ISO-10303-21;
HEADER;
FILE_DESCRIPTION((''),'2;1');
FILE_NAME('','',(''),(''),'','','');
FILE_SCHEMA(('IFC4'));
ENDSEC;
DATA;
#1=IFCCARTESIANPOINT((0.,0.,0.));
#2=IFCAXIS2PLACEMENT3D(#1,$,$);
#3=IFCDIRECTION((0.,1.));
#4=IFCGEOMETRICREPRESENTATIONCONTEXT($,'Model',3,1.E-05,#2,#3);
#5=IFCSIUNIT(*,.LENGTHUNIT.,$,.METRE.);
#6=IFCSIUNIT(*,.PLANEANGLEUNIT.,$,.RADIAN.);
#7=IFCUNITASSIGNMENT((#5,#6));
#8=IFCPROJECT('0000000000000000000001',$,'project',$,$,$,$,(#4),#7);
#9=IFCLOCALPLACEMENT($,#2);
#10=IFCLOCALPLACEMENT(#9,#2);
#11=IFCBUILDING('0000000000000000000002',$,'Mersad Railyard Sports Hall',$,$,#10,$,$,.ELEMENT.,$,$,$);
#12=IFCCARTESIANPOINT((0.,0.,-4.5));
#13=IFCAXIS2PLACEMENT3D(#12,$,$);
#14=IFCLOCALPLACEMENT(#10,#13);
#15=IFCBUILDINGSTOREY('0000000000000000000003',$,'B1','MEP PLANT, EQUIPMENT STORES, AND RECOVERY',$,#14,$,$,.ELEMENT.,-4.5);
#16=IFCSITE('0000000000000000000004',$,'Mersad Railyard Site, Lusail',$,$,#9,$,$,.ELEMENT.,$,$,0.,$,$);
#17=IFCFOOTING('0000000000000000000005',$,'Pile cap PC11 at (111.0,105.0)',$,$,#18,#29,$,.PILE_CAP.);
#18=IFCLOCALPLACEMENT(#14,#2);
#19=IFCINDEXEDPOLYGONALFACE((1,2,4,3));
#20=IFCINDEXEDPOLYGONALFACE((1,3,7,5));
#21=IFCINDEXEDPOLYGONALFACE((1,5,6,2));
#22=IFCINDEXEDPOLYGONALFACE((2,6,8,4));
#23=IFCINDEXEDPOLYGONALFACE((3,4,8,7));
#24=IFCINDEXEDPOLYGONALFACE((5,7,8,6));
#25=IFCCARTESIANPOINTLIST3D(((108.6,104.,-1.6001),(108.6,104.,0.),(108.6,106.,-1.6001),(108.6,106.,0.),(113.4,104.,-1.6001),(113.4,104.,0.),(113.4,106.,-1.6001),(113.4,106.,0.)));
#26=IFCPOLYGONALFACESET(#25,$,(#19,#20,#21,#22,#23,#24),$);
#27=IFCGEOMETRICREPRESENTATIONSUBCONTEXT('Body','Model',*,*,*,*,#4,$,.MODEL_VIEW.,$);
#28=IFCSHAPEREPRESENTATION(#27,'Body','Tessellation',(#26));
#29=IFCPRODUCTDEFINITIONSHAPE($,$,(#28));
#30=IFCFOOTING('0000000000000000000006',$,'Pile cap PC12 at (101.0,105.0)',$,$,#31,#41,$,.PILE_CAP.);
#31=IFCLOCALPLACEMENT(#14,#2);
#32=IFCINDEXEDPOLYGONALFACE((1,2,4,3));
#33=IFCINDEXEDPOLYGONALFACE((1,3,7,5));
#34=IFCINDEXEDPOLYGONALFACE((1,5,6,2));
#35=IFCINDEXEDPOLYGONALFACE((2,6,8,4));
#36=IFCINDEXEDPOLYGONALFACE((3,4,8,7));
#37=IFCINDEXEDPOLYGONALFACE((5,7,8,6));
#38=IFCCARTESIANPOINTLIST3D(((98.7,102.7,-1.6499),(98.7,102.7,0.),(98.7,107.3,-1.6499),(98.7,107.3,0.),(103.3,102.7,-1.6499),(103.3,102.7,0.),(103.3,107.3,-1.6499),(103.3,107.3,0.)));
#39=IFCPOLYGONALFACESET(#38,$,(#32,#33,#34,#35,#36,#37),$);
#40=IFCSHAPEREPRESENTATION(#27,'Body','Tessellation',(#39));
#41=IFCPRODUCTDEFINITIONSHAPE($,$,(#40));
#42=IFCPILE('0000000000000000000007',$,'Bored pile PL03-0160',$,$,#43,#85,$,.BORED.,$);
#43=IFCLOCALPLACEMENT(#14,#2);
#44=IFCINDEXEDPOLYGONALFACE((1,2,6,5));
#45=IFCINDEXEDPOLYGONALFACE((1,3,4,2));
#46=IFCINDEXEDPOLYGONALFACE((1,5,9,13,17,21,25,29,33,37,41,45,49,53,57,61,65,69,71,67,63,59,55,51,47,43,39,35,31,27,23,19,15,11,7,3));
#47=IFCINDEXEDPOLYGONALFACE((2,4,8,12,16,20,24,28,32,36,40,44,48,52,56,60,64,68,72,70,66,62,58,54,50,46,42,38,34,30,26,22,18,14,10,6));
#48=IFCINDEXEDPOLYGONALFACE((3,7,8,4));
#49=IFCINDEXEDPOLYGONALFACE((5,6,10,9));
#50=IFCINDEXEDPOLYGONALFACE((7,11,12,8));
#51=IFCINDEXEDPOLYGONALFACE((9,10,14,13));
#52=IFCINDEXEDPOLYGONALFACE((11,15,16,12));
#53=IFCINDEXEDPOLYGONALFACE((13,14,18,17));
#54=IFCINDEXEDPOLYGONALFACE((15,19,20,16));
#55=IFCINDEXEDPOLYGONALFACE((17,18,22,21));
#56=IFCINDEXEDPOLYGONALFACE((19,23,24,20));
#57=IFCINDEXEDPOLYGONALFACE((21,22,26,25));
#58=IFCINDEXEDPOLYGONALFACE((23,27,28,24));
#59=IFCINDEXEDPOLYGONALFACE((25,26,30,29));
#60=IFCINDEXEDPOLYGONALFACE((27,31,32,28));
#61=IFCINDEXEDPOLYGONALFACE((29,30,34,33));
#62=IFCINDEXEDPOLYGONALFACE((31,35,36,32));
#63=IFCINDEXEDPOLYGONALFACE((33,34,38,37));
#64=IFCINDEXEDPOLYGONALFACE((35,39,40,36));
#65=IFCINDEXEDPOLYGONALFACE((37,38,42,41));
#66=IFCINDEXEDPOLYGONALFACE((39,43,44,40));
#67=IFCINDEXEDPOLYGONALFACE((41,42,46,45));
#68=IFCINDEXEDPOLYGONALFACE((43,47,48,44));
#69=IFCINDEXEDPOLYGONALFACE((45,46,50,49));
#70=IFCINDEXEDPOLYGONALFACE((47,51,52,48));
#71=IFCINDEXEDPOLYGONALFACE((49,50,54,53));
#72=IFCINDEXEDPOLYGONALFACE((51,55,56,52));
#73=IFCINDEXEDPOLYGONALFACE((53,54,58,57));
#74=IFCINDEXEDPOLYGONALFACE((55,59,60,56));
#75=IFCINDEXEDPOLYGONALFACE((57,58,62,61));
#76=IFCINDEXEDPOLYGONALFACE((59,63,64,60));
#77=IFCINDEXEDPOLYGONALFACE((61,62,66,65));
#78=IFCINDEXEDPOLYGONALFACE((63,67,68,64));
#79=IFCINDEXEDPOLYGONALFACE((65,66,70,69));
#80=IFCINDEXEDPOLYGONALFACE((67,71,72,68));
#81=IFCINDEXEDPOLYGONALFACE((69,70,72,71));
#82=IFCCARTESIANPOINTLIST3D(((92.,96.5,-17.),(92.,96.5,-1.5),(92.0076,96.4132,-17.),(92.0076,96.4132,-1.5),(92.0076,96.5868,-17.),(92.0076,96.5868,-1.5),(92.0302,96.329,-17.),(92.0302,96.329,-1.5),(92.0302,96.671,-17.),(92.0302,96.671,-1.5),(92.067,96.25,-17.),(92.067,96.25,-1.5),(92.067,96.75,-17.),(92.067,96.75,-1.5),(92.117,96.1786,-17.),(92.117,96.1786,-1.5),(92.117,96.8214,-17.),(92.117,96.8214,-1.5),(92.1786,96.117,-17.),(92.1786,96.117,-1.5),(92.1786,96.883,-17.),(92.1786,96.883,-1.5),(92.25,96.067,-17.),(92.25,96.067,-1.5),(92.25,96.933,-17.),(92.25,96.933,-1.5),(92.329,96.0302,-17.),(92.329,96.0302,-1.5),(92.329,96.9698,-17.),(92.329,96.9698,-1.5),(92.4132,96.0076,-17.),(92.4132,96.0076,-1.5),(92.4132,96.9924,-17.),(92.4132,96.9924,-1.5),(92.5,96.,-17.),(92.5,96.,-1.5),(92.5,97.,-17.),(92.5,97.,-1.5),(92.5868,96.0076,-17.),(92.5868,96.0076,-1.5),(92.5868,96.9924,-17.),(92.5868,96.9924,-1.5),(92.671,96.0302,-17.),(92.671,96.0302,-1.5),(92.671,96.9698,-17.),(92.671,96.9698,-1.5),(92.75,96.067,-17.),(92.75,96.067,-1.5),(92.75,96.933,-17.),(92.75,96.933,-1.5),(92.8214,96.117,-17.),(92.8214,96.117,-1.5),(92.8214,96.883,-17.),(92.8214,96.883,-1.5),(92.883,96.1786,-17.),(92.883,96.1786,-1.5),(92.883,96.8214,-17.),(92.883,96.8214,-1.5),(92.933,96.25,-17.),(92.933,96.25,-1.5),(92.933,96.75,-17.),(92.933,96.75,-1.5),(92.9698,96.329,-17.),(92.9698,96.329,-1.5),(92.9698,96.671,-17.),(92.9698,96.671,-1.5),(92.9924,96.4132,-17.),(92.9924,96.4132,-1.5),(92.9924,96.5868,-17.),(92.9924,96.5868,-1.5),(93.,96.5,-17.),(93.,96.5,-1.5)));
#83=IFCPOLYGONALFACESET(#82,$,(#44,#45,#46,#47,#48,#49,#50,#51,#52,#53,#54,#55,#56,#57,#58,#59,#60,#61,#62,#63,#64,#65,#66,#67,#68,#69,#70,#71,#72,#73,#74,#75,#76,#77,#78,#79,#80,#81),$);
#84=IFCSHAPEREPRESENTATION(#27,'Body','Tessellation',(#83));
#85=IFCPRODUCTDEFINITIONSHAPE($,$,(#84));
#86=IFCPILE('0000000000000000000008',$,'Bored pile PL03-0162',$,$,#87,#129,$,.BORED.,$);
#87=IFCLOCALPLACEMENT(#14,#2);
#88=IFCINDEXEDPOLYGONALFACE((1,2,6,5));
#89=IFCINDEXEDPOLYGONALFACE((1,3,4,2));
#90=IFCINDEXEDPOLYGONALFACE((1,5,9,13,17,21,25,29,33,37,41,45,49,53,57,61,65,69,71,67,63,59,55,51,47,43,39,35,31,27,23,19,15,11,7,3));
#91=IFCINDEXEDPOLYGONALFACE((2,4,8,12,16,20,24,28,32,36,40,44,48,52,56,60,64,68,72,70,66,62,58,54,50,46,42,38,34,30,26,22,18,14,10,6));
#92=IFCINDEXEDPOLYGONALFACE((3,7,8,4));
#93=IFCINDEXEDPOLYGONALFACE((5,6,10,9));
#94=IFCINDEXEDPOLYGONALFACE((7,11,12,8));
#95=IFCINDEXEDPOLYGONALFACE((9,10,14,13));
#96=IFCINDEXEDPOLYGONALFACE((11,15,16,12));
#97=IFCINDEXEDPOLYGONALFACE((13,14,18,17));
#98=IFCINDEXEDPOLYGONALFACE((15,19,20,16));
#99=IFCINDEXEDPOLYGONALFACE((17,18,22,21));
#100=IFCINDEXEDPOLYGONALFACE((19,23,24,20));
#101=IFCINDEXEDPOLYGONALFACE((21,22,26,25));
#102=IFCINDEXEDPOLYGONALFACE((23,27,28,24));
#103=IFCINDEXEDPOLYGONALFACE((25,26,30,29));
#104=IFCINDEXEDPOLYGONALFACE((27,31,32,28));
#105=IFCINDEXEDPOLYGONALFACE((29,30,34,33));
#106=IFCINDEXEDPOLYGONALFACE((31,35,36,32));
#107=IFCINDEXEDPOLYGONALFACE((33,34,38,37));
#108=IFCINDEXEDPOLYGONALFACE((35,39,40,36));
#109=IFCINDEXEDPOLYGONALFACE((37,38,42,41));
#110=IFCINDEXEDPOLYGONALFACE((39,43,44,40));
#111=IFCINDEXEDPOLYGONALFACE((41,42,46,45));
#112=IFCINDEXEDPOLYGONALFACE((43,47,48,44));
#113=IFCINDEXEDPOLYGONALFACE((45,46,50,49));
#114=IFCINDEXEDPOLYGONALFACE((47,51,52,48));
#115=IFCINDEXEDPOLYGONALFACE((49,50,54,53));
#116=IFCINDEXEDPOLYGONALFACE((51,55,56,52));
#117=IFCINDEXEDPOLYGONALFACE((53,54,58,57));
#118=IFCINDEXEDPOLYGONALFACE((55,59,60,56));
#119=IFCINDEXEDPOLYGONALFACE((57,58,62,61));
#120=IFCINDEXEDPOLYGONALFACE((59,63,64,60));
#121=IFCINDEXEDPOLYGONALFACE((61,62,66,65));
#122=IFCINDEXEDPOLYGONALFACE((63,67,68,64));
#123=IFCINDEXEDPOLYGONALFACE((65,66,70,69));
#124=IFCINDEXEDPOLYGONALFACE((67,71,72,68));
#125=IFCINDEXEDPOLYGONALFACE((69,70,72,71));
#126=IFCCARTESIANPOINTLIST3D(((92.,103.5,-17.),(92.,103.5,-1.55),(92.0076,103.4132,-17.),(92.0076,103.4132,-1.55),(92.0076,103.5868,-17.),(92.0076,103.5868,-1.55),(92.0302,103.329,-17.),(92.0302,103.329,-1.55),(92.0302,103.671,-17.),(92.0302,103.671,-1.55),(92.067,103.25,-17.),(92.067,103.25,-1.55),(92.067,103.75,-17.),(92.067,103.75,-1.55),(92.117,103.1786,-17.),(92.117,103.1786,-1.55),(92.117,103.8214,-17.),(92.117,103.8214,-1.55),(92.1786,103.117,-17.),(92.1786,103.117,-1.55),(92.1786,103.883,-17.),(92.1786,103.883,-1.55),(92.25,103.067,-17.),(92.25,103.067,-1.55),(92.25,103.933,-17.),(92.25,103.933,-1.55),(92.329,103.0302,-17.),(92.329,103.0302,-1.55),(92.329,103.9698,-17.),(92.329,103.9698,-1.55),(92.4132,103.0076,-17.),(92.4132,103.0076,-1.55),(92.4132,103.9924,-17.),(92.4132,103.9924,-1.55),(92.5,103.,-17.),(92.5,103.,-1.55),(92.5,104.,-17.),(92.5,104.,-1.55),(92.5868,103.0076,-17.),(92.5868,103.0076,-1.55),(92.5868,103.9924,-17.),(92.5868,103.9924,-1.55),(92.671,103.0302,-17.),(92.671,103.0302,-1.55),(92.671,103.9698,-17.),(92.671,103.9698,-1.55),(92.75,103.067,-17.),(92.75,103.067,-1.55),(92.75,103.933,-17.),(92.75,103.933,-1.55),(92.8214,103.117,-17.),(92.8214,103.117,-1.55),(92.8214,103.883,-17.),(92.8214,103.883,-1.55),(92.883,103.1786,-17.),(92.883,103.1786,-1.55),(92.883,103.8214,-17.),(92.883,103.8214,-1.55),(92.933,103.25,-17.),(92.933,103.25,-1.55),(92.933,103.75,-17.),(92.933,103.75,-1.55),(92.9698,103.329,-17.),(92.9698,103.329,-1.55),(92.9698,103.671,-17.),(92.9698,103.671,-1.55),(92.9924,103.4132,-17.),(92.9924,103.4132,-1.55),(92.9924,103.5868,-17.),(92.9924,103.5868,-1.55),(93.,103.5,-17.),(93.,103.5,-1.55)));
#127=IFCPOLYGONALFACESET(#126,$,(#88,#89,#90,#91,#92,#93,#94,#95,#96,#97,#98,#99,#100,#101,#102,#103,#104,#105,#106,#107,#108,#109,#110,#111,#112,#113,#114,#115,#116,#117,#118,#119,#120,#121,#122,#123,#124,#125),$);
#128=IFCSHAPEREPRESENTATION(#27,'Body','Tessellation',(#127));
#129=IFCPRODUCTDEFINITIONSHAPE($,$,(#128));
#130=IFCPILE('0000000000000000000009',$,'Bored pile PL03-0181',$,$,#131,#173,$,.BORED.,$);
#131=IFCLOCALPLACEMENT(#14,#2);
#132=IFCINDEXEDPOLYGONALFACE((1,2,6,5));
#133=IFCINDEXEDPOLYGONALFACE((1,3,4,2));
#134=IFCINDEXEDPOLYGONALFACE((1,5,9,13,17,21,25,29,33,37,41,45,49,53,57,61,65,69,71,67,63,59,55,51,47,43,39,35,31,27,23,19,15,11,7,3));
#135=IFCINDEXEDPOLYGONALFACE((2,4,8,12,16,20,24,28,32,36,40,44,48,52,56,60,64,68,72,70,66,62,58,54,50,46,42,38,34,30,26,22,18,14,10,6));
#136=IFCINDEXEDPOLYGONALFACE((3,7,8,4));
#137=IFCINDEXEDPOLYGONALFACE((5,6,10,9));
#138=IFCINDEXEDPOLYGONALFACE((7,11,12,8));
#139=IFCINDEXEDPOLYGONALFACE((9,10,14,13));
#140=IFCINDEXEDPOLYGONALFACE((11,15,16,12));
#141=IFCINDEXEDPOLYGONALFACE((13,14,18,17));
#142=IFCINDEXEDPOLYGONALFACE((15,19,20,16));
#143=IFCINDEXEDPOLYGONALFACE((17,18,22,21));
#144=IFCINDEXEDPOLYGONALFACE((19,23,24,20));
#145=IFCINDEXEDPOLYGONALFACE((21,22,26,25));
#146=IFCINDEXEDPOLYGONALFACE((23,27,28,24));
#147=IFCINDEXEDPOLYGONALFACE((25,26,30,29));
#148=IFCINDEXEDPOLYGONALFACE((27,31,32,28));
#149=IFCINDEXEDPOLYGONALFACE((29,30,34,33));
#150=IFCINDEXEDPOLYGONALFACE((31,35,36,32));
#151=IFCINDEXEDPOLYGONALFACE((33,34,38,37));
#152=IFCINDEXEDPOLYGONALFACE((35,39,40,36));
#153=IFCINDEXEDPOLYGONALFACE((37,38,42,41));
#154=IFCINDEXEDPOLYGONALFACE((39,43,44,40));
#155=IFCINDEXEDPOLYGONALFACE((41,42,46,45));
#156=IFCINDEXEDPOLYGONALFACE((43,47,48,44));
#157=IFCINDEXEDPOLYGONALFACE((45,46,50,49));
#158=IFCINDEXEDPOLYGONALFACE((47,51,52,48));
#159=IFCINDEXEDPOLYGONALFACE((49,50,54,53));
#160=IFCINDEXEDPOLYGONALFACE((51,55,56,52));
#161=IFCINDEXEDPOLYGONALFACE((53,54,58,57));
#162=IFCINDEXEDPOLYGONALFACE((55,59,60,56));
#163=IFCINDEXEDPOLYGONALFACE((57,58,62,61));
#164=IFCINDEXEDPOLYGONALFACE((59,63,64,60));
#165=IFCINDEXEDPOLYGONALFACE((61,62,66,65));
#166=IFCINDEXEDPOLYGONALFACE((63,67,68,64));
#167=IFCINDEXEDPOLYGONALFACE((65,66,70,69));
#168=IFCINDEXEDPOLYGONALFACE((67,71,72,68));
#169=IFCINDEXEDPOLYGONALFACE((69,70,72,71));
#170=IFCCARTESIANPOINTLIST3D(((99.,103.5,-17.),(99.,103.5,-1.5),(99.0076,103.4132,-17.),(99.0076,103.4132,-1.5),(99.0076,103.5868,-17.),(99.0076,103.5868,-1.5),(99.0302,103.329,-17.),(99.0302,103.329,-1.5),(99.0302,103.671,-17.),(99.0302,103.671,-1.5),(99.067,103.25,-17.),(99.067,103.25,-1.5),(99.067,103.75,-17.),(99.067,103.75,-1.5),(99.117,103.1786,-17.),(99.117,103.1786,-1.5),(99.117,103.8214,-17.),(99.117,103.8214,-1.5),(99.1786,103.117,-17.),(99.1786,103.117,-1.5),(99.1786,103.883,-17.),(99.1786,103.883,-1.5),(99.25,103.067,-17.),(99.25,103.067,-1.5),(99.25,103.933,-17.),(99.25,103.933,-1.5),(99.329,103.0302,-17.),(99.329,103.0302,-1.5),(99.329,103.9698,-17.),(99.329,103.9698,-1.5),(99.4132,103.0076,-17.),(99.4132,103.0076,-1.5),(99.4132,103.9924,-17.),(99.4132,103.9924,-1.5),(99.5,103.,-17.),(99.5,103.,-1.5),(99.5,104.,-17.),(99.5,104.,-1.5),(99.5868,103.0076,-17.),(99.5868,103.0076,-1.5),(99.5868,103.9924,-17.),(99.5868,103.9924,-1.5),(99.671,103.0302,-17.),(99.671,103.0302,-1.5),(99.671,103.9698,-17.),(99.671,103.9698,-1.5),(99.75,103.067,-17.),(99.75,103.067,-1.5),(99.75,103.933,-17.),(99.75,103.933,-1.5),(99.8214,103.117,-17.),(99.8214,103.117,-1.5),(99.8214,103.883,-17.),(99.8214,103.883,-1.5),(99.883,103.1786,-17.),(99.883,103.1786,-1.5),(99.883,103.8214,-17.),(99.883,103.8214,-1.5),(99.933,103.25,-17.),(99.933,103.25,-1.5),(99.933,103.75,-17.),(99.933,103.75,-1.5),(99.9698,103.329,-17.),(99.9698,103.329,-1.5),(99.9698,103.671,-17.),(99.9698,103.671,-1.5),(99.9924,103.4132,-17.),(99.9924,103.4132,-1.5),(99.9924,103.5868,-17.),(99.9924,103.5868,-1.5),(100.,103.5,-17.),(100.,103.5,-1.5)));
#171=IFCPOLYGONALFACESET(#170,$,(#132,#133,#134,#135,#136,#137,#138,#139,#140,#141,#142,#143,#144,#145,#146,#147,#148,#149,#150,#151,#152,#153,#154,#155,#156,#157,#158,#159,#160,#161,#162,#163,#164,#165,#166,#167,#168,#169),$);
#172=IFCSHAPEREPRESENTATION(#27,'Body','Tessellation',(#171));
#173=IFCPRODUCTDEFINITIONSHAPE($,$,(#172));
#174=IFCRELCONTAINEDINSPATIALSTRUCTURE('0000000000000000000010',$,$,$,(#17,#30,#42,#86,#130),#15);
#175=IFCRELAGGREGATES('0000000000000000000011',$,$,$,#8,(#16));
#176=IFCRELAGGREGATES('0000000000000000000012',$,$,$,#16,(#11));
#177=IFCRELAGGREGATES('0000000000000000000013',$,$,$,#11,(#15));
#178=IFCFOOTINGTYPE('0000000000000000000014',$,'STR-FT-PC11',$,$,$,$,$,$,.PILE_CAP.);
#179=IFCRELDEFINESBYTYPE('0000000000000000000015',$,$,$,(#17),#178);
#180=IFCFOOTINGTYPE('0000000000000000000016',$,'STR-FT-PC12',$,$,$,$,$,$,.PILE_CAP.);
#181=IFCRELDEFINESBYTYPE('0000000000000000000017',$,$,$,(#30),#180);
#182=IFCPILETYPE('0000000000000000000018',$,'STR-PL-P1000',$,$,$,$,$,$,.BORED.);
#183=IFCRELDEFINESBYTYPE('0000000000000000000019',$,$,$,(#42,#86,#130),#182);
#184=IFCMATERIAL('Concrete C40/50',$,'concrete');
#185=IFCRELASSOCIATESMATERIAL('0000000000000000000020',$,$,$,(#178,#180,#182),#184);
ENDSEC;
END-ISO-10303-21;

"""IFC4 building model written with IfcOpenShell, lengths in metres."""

from ifc_helpers import new_model, si_unit, direction, frame, origin, origin_2d, place, context, subcontext, project, spatial, rectangle, circle, extrude, material, material_profile, profile_set, type_object, element, save


model = new_model("IFC4")

# Units and contexts
model_context = context("Model", 3, precision=1e-05, world=origin(), true_north=direction((0.0, 1.0)))
body_context = subcontext(model_context, "Body", "Model", "MODEL_VIEW")
ifc_project = project(units=[si_unit("LENGTHUNIT", "METRE"), si_unit("PLANEANGLEUNIT", "RADIAN")], contexts=[model_context])

# Site, building, storey
site_placement = place(None, origin())
site = spatial("IfcSite", under=ifc_project, at=site_placement, Name="Mersad Railyard Site, Lusail", CompositionType="ELEMENT", RefElevation=0.0)
building_placement = place(site_placement, origin())
building = spatial("IfcBuilding", under=site, at=building_placement, Name="Mersad Railyard Sports Hall", CompositionType="ELEMENT")
storey_placement = place(building_placement, frame((0.0, 0.0, -4.5)))
storey = spatial("IfcBuildingStorey", under=building, at=storey_placement, Name="B1", Description="MEP PLANT, EQUIPMENT STORES, AND RECOVERY", CompositionType="ELEMENT", Elevation=-4.5)

# Footings
ifc_material_1 = material(Name="Concrete C40/50", Category="concrete")
footing_type_1 = type_object("IfcFootingType", Name="STR-FT-PC11", PredefinedType="PILE_CAP", material=ifc_material_1)
footing_1_placement = place(storey_placement, frame((111.0, 105.0, -1.6001), z_axis=(0.0, 0.0, 1.0), x_axis=(1.0, 0.0, 0.0)))
element("IfcFooting", 1, at=footing_1_placement, inside=storey, type_object=footing_type_1, Name="Pile cap PC11 at (111.0,105.0)", PredefinedType="PILE_CAP", context=body_context, shape_type="SweptSolid", body=[
    extrude(rectangle(XDim=4.8, YDim=2.0, at=origin_2d()), origin(), (0.0, 0.0, 1.0), 1.6001),
])
footing_type_2 = type_object("IfcFootingType", Name="STR-FT-PC12", PredefinedType="PILE_CAP", material=ifc_material_1)
footing_2_placement = place(storey_placement, frame((101.0, 105.0, -1.6499), z_axis=(0.0, 0.0, 1.0), x_axis=(1.0, 0.0, 0.0)))
element("IfcFooting", 2, at=footing_2_placement, inside=storey, type_object=footing_type_2, Name="Pile cap PC12 at (101.0,105.0)", PredefinedType="PILE_CAP", context=body_context, shape_type="SweptSolid", body=[
    extrude(rectangle(XDim=4.6001, YDim=4.6001, at=origin_2d()), origin(), (0.0, 0.0, 1.0), 1.6499),
])

# Piles
ifc_material_profile_1 = material_profile(ifc_material_1, circle(Radius=0.5, at=origin_2d()), Name="BORED PILE D1000")
ifc_profile_set_1 = profile_set([ifc_material_profile_1], Name="Concrete C40/50")
pile_type_1 = type_object("IfcPileType", Name="STR-PL-P1000", PredefinedType="BORED", material=ifc_profile_set_1)
pile_1_placement = place(storey_placement, frame((92.5, 96.5, -1.5), z_axis=(0.0, 0.0, -1.0), x_axis=(1.0, 0.0, 0.0)))
element("IfcPile", 3, at=pile_1_placement, inside=storey, type_object=pile_type_1, Name="Bored pile PL03-0160", PredefinedType="BORED", context=body_context, shape_type="SweptSolid", body=[
    extrude(circle(Radius=0.5, at=origin_2d()), origin(), (0.0, 0.0, 1.0), 15.5),
])
pile_2_placement = place(storey_placement, frame((92.5, 103.5, -1.55), z_axis=(0.0, 0.0, -1.0), x_axis=(1.0, 0.0, 0.0)))
element("IfcPile", 4, at=pile_2_placement, inside=storey, type_object=pile_type_1, Name="Bored pile PL03-0162", PredefinedType="BORED", context=body_context, shape_type="SweptSolid", body=[
    extrude(circle(Radius=0.5, at=origin_2d()), origin(), (0.0, 0.0, 1.0), 15.45),
])
for number, where, z_axis, x_axis, name in (
    (5, (99.5, 103.5, -1.5), (0.0, 0.0, -1.0), (1.0, 0.0, 0.0), "Bored pile PL03-0181"),
):
    element("IfcPile", number, at=place(storey_placement, frame(where, z_axis=z_axis, x_axis=x_axis)), inside=storey, type_object=pile_type_1, Name=name, PredefinedType="BORED", context=body_context, shape_type="SweptSolid", body=[
        extrude(circle(Radius=0.5, at=origin_2d()), origin(), (0.0, 0.0, 1.0), 15.5),
    ])

save(model, "model.ifc")
